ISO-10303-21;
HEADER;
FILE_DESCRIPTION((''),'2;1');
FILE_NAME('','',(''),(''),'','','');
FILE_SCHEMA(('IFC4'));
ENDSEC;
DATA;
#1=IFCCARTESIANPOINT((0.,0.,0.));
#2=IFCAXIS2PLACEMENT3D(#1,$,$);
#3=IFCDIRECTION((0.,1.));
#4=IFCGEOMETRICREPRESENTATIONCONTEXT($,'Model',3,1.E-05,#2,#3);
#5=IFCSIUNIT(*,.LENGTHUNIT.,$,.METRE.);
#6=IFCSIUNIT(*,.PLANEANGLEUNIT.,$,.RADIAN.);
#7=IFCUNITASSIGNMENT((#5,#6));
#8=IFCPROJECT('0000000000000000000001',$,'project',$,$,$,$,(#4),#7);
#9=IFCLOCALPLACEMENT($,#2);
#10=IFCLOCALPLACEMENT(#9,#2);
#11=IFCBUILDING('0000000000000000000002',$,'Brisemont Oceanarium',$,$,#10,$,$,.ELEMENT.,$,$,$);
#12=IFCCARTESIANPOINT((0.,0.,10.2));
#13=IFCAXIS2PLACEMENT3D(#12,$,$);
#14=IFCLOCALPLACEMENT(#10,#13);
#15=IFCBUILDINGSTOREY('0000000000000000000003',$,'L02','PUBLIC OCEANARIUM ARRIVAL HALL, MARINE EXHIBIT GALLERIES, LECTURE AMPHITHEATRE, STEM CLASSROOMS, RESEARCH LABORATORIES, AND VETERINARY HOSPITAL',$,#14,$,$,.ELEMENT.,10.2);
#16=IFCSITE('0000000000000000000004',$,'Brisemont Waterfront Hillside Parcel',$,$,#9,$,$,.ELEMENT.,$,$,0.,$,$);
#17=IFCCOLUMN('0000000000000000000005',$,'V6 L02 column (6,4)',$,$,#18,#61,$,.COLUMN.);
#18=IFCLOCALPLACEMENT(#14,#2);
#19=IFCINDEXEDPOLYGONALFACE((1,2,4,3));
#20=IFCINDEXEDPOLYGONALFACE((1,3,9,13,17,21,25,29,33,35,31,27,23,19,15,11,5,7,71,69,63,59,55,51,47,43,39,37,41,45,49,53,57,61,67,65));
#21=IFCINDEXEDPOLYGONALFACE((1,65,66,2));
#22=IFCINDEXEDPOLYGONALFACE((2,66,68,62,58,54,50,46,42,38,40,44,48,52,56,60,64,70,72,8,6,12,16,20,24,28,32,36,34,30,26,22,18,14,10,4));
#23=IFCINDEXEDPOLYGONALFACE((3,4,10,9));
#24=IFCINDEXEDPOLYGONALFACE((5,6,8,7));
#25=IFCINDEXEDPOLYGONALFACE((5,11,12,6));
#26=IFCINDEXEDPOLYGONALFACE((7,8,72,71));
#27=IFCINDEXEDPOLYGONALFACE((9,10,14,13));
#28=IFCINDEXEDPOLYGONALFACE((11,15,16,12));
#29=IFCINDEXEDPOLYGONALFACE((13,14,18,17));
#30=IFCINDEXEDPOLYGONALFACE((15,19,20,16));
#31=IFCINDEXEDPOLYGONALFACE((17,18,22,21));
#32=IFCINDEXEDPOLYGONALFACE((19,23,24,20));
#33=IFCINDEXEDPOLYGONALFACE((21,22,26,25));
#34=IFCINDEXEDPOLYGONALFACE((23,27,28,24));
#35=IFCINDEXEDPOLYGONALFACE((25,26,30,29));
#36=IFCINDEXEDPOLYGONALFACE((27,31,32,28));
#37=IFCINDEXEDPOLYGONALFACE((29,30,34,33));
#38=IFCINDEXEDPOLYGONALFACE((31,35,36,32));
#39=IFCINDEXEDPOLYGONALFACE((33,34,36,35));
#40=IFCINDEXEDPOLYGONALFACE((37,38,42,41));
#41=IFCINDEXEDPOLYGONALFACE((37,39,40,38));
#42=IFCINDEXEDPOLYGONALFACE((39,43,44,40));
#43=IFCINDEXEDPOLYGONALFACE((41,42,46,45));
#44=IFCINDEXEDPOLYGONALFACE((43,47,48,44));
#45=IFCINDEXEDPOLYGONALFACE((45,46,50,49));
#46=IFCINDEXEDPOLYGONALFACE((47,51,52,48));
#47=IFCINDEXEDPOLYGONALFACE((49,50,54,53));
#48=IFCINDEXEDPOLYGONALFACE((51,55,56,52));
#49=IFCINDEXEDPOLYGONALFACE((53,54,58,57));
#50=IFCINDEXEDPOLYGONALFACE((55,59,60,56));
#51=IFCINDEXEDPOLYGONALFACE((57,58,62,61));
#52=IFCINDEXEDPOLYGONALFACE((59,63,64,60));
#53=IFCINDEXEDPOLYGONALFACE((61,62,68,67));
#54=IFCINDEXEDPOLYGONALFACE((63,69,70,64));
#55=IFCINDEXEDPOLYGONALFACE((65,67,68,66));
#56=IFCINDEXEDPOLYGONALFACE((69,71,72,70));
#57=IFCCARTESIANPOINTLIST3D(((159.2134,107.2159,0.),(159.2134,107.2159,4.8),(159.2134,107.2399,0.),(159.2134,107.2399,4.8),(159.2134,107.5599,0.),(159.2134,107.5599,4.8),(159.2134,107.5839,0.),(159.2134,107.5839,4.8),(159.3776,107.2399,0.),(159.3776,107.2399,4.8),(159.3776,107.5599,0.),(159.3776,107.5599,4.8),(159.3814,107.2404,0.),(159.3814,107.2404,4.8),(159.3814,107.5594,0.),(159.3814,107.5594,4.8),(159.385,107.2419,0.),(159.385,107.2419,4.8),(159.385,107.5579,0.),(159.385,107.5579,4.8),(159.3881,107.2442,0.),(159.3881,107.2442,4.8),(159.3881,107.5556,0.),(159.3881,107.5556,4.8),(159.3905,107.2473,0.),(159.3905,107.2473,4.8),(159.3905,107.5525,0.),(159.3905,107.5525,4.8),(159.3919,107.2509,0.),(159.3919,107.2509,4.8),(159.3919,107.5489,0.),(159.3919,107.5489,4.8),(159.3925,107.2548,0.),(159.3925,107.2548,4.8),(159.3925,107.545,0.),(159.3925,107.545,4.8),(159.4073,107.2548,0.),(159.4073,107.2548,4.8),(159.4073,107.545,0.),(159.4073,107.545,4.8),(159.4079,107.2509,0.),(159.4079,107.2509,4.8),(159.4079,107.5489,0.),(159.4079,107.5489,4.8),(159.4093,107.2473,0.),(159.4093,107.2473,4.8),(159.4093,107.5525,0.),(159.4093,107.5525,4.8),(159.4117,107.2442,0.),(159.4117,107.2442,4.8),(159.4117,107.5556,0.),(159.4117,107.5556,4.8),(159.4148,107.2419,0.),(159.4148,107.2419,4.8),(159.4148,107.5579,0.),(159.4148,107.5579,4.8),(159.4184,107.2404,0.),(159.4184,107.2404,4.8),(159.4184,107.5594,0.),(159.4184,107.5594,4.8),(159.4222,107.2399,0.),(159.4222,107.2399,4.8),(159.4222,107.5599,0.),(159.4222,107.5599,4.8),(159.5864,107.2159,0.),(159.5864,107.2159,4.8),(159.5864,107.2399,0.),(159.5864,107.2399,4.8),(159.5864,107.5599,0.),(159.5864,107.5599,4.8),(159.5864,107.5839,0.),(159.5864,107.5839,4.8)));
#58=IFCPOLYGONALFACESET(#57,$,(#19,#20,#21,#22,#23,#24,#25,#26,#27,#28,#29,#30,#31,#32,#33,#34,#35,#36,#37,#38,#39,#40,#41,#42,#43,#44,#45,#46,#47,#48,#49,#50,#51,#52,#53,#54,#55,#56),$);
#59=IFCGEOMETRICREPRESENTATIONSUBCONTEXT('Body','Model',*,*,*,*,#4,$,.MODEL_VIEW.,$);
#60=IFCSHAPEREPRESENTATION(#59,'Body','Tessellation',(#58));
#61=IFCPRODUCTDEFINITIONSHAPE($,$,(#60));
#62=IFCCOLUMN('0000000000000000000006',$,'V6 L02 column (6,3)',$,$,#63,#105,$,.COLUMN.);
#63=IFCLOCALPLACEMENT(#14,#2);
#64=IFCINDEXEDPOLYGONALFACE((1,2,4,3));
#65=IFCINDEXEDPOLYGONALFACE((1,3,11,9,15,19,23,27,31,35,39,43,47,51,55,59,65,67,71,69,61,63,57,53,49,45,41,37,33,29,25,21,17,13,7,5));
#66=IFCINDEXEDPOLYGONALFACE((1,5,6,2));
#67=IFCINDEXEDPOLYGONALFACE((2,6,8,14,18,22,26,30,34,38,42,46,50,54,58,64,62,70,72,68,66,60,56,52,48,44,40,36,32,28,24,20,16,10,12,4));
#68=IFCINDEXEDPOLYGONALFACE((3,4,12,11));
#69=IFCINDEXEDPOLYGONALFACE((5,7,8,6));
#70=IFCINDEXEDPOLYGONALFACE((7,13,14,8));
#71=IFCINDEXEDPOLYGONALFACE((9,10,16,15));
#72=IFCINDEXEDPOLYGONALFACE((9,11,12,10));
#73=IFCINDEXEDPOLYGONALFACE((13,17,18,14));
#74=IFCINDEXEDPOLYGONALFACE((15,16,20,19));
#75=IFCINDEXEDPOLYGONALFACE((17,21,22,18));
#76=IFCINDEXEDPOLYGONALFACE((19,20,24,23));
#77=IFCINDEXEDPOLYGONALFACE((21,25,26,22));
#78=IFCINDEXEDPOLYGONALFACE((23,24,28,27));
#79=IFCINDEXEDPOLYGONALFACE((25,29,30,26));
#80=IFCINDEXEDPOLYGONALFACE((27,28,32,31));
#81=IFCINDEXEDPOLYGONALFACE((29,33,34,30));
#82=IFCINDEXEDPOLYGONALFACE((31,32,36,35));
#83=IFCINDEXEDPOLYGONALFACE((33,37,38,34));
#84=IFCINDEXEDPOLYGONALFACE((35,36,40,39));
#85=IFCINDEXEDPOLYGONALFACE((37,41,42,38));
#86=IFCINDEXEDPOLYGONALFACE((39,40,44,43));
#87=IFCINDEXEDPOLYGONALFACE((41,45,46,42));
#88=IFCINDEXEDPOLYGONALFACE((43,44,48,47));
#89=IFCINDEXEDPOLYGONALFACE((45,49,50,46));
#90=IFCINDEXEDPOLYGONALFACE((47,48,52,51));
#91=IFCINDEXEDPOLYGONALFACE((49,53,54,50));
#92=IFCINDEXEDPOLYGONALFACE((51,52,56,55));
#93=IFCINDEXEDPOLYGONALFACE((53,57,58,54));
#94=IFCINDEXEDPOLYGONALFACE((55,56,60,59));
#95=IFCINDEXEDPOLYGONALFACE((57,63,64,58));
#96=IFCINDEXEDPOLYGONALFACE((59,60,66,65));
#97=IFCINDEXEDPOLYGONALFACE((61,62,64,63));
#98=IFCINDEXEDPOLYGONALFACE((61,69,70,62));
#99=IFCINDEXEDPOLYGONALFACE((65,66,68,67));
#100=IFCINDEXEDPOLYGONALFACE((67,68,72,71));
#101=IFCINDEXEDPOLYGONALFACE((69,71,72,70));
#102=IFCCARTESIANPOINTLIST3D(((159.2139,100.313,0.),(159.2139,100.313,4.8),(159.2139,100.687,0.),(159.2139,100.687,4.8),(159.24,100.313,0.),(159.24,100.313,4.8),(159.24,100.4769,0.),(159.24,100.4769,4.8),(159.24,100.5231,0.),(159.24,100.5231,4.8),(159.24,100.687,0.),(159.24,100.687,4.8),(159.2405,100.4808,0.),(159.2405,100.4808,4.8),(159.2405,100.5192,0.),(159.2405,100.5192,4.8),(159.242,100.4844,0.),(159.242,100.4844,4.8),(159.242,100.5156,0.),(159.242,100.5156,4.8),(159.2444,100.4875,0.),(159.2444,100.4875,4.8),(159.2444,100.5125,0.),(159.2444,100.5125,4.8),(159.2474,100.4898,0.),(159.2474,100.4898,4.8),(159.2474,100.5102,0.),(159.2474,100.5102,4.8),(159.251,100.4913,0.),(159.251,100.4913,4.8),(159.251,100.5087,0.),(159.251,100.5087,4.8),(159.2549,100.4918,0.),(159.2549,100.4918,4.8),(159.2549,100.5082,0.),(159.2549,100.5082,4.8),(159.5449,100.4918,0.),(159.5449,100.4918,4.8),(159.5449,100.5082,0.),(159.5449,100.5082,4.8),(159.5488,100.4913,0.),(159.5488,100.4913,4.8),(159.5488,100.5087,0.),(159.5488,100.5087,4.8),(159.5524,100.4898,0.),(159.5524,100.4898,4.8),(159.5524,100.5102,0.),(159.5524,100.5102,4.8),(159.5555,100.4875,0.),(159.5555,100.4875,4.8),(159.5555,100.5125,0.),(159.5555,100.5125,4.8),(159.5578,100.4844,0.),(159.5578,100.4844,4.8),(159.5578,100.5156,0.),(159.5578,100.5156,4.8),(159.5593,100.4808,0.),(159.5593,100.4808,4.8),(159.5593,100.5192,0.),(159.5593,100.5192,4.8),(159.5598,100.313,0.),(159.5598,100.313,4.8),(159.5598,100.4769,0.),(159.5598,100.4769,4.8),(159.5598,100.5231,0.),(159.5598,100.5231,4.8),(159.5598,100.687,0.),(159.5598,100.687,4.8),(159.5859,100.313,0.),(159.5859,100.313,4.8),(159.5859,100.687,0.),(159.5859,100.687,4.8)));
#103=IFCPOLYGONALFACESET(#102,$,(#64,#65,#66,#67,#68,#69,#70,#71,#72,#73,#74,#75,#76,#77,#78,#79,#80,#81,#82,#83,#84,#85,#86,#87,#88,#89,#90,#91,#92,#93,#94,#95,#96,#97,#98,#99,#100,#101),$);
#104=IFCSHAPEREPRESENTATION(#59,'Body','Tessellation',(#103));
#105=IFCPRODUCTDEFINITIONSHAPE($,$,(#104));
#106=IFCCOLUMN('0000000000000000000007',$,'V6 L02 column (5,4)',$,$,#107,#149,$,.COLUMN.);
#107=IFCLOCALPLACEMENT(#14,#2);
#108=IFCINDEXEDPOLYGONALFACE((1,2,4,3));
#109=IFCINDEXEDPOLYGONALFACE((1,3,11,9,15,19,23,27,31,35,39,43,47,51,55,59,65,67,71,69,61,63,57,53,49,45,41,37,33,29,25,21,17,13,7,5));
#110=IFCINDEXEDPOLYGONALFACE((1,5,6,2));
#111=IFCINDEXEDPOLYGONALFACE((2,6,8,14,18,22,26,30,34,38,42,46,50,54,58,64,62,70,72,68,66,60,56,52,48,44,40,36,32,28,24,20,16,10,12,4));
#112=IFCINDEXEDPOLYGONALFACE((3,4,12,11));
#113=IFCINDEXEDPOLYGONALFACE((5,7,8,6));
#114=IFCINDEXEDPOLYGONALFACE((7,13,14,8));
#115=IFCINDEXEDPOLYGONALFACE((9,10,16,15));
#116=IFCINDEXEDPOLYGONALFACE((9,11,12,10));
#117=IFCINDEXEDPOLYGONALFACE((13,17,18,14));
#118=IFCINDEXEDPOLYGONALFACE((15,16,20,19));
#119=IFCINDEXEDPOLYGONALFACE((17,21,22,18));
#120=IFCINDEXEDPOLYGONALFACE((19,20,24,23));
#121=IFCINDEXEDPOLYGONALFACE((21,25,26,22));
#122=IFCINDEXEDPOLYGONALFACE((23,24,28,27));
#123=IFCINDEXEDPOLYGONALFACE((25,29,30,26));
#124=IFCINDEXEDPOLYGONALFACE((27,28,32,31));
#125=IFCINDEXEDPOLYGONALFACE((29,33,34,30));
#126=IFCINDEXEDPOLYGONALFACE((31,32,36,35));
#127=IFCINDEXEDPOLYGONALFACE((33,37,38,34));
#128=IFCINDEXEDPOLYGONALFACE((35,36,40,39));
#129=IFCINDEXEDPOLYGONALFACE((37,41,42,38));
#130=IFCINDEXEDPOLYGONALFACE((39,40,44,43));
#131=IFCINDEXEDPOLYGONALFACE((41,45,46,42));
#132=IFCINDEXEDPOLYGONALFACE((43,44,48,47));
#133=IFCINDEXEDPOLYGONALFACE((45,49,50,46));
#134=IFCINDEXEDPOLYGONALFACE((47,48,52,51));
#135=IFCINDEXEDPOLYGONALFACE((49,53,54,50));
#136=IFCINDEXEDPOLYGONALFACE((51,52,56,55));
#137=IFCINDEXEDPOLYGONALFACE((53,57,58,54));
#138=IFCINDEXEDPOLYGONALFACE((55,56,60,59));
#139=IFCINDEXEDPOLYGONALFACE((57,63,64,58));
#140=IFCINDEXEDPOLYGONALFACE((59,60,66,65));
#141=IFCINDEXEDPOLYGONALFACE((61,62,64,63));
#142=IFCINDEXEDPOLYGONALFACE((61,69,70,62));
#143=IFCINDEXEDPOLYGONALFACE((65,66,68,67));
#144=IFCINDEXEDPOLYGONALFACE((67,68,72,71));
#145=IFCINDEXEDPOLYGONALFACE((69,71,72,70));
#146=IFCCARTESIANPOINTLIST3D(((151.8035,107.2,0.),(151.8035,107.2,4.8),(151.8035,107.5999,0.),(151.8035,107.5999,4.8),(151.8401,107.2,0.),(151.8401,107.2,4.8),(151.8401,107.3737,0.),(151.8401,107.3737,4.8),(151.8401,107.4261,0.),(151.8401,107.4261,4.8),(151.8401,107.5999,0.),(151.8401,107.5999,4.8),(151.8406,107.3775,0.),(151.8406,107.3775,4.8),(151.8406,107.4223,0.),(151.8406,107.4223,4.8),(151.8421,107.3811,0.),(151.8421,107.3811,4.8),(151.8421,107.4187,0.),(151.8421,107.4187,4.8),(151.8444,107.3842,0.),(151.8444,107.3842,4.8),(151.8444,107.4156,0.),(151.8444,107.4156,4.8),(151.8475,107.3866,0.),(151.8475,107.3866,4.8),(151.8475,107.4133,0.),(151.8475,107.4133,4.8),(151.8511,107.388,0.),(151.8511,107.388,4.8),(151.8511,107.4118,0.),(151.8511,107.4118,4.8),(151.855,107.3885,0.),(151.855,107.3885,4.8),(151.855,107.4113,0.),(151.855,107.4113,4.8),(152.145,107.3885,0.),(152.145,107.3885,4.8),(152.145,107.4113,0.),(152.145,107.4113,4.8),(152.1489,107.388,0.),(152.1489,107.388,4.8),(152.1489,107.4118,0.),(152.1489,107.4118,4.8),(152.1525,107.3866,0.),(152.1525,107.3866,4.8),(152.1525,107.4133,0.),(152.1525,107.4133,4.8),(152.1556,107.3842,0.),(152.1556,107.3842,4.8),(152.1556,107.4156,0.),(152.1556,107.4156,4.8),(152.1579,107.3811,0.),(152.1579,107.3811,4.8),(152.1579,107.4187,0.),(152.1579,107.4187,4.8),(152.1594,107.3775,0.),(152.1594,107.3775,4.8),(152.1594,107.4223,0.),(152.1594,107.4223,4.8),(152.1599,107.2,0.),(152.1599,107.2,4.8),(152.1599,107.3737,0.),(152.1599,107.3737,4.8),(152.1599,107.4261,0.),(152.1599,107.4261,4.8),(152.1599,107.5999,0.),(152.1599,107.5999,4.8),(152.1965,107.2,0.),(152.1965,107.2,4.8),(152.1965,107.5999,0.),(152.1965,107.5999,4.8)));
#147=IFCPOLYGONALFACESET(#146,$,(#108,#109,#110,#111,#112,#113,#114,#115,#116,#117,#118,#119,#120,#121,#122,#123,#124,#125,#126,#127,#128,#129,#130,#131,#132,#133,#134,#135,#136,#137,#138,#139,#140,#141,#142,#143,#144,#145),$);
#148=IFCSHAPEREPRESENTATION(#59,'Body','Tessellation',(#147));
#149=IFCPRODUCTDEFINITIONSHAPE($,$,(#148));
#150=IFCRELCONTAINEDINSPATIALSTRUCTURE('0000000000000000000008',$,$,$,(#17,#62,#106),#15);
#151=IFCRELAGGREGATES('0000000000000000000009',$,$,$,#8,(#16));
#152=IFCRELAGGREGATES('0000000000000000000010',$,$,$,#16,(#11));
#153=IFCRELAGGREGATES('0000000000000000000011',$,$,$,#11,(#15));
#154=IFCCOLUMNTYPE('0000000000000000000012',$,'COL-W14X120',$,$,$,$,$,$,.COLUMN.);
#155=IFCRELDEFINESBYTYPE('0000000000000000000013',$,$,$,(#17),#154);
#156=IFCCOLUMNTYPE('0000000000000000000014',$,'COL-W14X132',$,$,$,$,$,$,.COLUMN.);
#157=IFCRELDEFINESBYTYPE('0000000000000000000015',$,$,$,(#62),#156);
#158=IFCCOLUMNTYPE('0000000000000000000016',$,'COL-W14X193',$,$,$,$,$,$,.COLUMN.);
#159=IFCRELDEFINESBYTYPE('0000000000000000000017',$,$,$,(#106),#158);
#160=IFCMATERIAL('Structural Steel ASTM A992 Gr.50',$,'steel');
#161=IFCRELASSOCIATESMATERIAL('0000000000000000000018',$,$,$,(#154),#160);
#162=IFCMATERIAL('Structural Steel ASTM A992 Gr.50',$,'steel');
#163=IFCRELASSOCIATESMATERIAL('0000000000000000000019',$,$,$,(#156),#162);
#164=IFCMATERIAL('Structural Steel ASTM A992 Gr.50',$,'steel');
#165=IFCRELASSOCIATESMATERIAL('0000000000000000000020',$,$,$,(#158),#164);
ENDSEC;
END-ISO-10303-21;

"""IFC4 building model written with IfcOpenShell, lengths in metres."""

from ifc_helpers import new_model, si_unit, direction, frame, origin, origin_2d, place, context, subcontext, project, spatial, i_section, extrude, material, material_profile, profile_set, type_object, element, save


model = new_model("IFC4")

# Units and contexts
model_context = context("Model", 3, precision=1e-05, world=origin(), true_north=direction((0.0, 1.0)))
body_context = subcontext(model_context, "Body", "Model", "MODEL_VIEW")
ifc_project = project(units=[si_unit("LENGTHUNIT", "METRE"), si_unit("PLANEANGLEUNIT", "RADIAN")], contexts=[model_context])

# Site, building, storey
site_placement = place(None, origin())
site = spatial("IfcSite", under=ifc_project, at=site_placement, Name="Brisemont Waterfront Hillside Parcel", CompositionType="ELEMENT", RefElevation=0.0)
building_placement = place(site_placement, origin())
building = spatial("IfcBuilding", under=site, at=building_placement, Name="Brisemont Oceanarium", CompositionType="ELEMENT")
storey_placement = place(building_placement, frame((0.0, 0.0, 10.2)))
storey = spatial("IfcBuildingStorey", under=building, at=storey_placement, Name="L02", Description="PUBLIC OCEANARIUM ARRIVAL HALL, MARINE EXHIBIT GALLERIES, LECTURE AMPHITHEATRE, STEM CLASSROOMS, RESEARCH LABORATORIES, AND VETERINARY HOSPITAL", CompositionType="ELEMENT", Elevation=10.2)

# Columns
ifc_material_1 = material(Name="Structural Steel ASTM A992 Gr.50", Category="steel")
ifc_material_profile_1 = material_profile(ifc_material_1, i_section(OverallWidth=0.373, OverallDepth=0.3679, WebThickness=0.0149, FlangeThickness=0.0239, FilletRadius=0.0149, at=origin_2d()), Name="W14X120")
ifc_profile_set_1 = profile_set([ifc_material_profile_1], Name="Structural Steel ASTM A992 Gr.50")
column_type_1 = type_object("IfcColumnType", Name="COL-W14X120", PredefinedType="COLUMN", material=ifc_profile_set_1)
column_1_placement = place(storey_placement, frame((159.3999, 107.3999, 0.0), z_axis=(0.0, 0.0, 1.0), x_axis=(1.0, 0.0, 0.0)))
element("IfcColumn", 1, at=column_1_placement, inside=storey, type_object=column_type_1, Name="V6 L02 column (6,4)", PredefinedType="COLUMN", context=body_context, shape_type="SweptSolid", body=[
    extrude(i_section(OverallWidth=0.373, OverallDepth=0.3679, WebThickness=0.0149, FlangeThickness=0.0239, FilletRadius=0.0149, at=origin_2d()), origin(), (0.0, 0.0, 1.0), 4.8),
])
ifc_material_2 = material(Name="Structural Steel ASTM A992 Gr.50", Category="steel")
ifc_material_profile_2 = material_profile(ifc_material_2, i_section(OverallWidth=0.374, OverallDepth=0.3721, WebThickness=0.0164, FlangeThickness=0.0261, FilletRadius=0.0149, at=origin_2d()), Name="W14X132")
ifc_profile_set_2 = profile_set([ifc_material_profile_2], Name="Structural Steel ASTM A992 Gr.50")
column_type_2 = type_object("IfcColumnType", Name="COL-W14X132", PredefinedType="COLUMN", material=ifc_profile_set_2)
column_2_placement = place(storey_placement, frame((159.3999, 100.5, 0.0), z_axis=(0.0, 0.0, 1.0), x_axis=(0.0, 1.0, 0.0)))
element("IfcColumn", 2, at=column_2_placement, inside=storey, type_object=column_type_2, Name="V6 L02 column (6,3)", PredefinedType="COLUMN", context=body_context, shape_type="SweptSolid", body=[
    extrude(i_section(OverallWidth=0.374, OverallDepth=0.3721, WebThickness=0.0164, FlangeThickness=0.0261, FilletRadius=0.0149, at=origin_2d()), origin(), (0.0, 0.0, 1.0), 4.8),
])
ifc_material_3 = material(Name="Structural Steel ASTM A992 Gr.50", Category="steel")
ifc_material_profile_3 = material_profile(ifc_material_3, i_section(OverallWidth=0.3999, OverallDepth=0.3931, WebThickness=0.0227, FlangeThickness=0.0366, FilletRadius=0.0149, at=origin_2d()), Name="W14X193")
ifc_profile_set_3 = profile_set([ifc_material_profile_3], Name="Structural Steel ASTM A992 Gr.50")
column_type_3 = type_object("IfcColumnType", Name="COL-W14X193", PredefinedType="COLUMN", material=ifc_profile_set_3)
column_3_placement = place(storey_placement, frame((152.0, 107.3999, 0.0), z_axis=(0.0, 0.0, 1.0), x_axis=(0.0, 1.0, 0.0)))
element("IfcColumn", 3, at=column_3_placement, inside=storey, type_object=column_type_3, Name="V6 L02 column (5,4)", PredefinedType="COLUMN", context=body_context, shape_type="SweptSolid", body=[
    extrude(i_section(OverallWidth=0.3999, OverallDepth=0.3931, WebThickness=0.0227, FlangeThickness=0.0366, FilletRadius=0.0149, at=origin_2d()), origin(), (0.0, 0.0, 1.0), 4.8),
])

save(model, "model.ifc")
